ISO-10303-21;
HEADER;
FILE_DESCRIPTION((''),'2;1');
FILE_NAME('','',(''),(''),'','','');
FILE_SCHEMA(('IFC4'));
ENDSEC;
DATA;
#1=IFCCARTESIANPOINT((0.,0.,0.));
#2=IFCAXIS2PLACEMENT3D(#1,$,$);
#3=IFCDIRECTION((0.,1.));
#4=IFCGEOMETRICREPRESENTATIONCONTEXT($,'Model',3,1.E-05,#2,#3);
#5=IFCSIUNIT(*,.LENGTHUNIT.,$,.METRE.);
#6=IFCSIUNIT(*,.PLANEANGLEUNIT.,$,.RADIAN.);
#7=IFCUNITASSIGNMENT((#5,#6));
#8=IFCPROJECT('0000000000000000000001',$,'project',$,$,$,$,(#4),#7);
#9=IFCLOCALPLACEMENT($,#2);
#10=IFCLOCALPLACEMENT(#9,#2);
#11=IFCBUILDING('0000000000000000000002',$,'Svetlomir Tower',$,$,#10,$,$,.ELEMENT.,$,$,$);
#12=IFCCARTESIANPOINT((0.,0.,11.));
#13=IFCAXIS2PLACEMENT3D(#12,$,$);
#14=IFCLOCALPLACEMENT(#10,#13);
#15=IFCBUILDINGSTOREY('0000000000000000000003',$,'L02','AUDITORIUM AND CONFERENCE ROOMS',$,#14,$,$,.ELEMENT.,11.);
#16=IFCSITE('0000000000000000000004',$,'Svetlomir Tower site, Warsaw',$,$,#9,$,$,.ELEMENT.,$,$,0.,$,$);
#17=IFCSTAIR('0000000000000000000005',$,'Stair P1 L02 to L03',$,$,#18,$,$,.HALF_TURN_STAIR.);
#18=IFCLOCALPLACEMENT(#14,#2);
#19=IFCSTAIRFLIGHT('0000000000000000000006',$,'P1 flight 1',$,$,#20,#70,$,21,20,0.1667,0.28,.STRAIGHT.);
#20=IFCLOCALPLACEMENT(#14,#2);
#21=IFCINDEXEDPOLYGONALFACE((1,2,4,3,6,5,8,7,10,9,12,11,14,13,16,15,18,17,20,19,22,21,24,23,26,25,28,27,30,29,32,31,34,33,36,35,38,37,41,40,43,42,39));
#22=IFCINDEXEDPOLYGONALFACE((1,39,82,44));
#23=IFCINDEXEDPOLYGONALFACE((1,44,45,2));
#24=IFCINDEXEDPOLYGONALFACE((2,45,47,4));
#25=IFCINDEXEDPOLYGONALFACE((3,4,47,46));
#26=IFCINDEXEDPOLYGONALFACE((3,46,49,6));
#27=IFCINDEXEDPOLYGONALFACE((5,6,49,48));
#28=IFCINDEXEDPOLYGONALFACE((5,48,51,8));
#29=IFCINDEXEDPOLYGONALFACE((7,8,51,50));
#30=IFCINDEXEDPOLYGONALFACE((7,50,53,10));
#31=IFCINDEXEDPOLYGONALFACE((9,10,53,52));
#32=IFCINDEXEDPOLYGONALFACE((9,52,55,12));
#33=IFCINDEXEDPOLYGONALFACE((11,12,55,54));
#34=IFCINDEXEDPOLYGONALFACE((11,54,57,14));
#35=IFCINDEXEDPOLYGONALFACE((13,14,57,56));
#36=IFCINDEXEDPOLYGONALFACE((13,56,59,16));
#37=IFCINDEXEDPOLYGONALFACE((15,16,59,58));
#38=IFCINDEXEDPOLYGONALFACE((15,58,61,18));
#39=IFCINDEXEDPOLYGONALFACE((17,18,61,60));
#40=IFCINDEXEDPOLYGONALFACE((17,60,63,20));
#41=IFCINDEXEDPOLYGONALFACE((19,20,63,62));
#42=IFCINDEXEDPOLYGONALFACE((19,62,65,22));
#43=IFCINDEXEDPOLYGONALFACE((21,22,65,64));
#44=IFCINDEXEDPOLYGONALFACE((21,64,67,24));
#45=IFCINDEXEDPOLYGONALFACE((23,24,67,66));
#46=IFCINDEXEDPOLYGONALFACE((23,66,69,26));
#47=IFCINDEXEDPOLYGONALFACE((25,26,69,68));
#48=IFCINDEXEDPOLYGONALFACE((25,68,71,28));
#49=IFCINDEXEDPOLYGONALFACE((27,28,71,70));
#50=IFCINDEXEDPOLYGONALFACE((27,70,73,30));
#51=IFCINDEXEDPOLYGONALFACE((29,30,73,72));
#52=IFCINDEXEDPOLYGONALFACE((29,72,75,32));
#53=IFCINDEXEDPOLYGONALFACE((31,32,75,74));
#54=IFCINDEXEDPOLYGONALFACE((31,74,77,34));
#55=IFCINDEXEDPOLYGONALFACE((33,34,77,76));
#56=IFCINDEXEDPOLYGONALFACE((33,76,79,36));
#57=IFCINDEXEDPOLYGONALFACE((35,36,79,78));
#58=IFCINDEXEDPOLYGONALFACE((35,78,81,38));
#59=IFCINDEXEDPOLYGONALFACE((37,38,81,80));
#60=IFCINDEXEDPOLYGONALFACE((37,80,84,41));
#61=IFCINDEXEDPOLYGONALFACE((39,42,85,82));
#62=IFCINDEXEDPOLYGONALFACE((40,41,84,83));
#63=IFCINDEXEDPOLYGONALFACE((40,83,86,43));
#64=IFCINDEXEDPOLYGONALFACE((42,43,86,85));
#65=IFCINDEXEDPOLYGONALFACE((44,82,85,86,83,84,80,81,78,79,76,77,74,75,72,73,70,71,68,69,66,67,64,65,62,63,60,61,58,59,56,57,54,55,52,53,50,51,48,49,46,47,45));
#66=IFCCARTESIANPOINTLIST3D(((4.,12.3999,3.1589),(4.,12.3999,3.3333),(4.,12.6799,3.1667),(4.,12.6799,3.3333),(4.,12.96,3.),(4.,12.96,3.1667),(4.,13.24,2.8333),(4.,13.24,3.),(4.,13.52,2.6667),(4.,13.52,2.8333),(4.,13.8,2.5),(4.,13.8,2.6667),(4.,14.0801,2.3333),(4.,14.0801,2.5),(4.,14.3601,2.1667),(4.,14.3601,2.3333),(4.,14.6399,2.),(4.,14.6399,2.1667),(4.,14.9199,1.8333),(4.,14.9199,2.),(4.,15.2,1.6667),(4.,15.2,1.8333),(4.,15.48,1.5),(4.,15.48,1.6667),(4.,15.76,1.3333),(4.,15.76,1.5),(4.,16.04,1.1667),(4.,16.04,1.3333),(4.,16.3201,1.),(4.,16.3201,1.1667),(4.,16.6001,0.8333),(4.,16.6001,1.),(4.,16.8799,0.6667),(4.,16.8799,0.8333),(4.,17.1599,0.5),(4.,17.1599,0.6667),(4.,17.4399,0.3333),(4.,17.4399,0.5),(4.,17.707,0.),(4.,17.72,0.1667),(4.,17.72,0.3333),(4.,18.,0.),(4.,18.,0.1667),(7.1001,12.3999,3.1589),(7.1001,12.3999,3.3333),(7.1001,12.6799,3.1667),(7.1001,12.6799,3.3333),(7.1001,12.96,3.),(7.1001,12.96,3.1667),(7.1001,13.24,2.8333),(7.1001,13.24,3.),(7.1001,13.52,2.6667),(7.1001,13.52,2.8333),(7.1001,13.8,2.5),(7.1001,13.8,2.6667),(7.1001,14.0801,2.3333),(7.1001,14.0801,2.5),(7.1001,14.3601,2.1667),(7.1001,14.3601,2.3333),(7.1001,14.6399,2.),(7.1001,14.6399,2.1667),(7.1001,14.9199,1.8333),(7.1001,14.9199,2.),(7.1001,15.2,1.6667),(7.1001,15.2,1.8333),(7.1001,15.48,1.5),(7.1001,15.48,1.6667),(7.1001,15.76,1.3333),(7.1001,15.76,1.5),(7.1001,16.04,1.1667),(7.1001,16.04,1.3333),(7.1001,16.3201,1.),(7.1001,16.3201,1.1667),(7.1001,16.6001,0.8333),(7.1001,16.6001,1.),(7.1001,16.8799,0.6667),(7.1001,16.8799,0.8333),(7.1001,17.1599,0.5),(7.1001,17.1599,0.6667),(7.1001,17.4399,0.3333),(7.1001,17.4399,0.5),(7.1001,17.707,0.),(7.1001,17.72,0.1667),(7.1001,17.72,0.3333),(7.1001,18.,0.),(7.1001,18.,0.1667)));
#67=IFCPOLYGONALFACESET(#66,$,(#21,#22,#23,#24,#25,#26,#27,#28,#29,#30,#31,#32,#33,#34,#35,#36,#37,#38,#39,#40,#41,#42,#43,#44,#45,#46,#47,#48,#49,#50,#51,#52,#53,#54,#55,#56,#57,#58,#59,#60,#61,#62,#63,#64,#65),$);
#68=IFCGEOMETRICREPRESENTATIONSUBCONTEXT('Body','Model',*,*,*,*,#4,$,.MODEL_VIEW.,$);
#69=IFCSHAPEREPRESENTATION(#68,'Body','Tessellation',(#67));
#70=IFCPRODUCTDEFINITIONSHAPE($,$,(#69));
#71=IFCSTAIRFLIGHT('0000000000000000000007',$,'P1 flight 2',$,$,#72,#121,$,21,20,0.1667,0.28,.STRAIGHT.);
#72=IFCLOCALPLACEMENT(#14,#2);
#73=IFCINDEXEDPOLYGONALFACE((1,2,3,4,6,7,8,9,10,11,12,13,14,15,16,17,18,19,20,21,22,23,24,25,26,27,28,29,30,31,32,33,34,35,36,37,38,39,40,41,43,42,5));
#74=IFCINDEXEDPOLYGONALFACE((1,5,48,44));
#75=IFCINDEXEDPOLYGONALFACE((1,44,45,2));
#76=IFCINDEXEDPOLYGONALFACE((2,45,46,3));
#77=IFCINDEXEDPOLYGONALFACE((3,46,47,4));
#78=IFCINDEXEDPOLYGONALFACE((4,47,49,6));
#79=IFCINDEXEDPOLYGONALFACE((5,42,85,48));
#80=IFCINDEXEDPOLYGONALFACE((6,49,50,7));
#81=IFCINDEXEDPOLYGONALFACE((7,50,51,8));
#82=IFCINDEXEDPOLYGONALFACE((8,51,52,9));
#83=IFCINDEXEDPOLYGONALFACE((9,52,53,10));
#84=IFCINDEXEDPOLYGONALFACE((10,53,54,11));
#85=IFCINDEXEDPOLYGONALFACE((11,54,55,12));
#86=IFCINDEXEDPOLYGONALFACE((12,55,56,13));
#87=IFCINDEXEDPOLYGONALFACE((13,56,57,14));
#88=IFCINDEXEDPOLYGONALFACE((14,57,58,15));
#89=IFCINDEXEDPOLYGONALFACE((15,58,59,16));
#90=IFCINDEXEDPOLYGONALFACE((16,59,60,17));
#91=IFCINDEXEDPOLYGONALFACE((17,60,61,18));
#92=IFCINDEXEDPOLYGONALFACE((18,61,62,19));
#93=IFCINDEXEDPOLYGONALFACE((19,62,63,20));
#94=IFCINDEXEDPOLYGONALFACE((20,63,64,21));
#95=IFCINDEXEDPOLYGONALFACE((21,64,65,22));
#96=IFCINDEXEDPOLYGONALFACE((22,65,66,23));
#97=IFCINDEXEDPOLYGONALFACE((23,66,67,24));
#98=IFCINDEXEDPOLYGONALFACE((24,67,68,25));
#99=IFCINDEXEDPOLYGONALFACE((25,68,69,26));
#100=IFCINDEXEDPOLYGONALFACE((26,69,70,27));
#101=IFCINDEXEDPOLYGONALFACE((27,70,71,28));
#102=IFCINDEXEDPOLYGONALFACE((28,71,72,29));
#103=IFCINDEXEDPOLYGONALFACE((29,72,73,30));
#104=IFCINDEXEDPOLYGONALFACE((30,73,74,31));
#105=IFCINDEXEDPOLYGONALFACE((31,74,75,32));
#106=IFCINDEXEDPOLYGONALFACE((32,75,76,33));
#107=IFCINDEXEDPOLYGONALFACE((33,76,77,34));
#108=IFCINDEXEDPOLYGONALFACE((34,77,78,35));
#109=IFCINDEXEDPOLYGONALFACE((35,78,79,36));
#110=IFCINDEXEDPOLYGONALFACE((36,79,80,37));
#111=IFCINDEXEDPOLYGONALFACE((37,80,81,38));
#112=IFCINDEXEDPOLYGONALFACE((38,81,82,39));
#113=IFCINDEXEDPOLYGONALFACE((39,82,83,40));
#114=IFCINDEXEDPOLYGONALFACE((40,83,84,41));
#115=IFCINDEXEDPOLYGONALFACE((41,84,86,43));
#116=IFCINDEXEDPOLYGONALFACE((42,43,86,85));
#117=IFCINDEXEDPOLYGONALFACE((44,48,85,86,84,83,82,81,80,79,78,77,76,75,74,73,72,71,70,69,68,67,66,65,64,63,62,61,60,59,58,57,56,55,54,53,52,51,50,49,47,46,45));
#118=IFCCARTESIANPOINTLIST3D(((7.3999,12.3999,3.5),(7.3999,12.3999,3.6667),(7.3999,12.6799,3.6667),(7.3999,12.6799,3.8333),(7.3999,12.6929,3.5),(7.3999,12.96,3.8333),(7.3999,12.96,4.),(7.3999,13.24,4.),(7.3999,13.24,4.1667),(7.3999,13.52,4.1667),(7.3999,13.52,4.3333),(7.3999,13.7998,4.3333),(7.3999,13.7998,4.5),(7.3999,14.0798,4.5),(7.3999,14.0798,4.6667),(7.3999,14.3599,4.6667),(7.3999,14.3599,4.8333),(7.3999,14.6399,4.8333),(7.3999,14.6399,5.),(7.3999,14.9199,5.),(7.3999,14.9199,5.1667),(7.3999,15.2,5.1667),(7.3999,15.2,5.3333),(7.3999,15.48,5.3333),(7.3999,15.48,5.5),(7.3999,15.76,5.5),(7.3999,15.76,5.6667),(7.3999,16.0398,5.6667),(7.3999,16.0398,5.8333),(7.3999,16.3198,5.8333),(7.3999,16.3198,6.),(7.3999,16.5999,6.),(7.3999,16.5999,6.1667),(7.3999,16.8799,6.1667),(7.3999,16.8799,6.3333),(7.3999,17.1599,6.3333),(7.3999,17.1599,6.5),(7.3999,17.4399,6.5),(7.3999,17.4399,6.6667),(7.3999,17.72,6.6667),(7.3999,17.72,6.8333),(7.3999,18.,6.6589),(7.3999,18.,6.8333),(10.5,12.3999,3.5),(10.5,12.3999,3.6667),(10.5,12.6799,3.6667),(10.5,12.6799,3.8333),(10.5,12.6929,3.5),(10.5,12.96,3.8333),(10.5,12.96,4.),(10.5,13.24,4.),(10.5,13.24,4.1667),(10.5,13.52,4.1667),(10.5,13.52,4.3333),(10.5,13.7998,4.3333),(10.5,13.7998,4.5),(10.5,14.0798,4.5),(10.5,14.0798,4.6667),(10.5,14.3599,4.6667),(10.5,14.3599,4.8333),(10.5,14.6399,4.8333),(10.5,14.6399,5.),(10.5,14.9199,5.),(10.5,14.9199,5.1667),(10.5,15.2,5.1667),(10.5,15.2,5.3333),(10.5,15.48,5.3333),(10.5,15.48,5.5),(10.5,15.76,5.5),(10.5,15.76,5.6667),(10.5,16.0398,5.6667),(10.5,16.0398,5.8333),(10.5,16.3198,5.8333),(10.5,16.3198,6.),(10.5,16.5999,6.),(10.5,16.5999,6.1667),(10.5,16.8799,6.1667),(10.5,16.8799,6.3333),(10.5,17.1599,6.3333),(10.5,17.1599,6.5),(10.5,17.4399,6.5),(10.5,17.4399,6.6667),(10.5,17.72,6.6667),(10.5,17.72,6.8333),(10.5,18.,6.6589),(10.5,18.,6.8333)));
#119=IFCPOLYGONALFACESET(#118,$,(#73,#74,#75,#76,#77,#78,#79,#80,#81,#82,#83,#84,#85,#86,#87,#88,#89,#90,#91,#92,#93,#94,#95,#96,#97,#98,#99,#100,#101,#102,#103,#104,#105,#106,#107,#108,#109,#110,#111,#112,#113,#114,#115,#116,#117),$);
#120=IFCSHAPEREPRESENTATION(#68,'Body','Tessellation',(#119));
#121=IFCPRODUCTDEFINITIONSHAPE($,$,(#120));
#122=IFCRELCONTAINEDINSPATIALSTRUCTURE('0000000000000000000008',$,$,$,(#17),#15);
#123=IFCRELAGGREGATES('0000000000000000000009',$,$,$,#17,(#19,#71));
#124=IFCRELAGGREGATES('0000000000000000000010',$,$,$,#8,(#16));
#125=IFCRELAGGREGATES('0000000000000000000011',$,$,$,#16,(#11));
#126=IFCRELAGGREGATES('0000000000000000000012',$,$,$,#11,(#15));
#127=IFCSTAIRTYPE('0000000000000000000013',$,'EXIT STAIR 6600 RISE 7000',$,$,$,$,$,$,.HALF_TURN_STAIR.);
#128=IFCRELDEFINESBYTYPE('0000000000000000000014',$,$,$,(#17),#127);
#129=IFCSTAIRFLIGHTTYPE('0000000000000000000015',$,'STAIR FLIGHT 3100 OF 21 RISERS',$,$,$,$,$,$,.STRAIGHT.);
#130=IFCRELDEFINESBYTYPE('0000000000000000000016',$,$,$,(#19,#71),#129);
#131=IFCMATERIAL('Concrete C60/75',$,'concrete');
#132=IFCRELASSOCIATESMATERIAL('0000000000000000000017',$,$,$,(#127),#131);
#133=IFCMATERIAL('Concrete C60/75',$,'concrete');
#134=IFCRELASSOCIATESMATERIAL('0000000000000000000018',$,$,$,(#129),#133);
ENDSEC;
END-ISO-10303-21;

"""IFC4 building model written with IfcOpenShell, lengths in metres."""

from ifc_helpers import new_model, si_unit, direction, frame, origin, place, context, subcontext, project, spatial, polyline, outline, extrude, material, type_object, element, aggregate, save


model = new_model("IFC4")

# Units and contexts
model_context = context("Model", 3, precision=1e-05, world=origin(), true_north=direction((0.0, 1.0)))
body_context = subcontext(model_context, "Body", "Model", "MODEL_VIEW")
ifc_project = project(units=[si_unit("LENGTHUNIT", "METRE"), si_unit("PLANEANGLEUNIT", "RADIAN")], contexts=[model_context])

# Site, building, storey
site_placement = place(None, origin())
site = spatial("IfcSite", under=ifc_project, at=site_placement, Name="Svetlomir Tower site, Warsaw", CompositionType="ELEMENT", RefElevation=0.0)
building_placement = place(site_placement, origin())
building = spatial("IfcBuilding", under=site, at=building_placement, Name="Svetlomir Tower", CompositionType="ELEMENT")
storey_placement = place(building_placement, frame((0.0, 0.0, 11.0)))
storey = spatial("IfcBuildingStorey", under=building, at=storey_placement, Name="L02", Description="AUDITORIUM AND CONFERENCE ROOMS", CompositionType="ELEMENT", Elevation=11.0)

# Stair, stair flights
ifc_material_1 = material(Name="Concrete C60/75", Category="concrete")
stair_type_1 = type_object("IfcStairType", Name="EXIT STAIR 6600 RISE 7000", PredefinedType="HALF_TURN_STAIR", material=ifc_material_1)
stair_1_placement = place(storey_placement, origin())
stair_1 = element("IfcStair", 1, at=stair_1_placement, inside=storey, type_object=stair_type_1, Name="Stair P1 L02 to L03", PredefinedType="HALF_TURN_STAIR")
ifc_material_2 = material(Name="Concrete C60/75", Category="concrete")
stair_flight_type_1 = type_object("IfcStairFlightType", Name="STAIR FLIGHT 3100 OF 21 RISERS", PredefinedType="STRAIGHT", material=ifc_material_2)
stair_flight_1_placement = place(storey_placement, frame((5.55, 18.0, 0.0), z_axis=(0.0, 0.0, 1.0), x_axis=(0.0, -1.0, 0.0)))
stair_flight_1 = element("IfcStairFlight", 2, at=stair_flight_1_placement, type_object=stair_flight_type_1, Name="P1 flight 1", NumberOfRisers=21, NumberOfTreads=20, PredefinedType="STRAIGHT", RiserHeight=0.1667, TreadLength=0.28, context=body_context, shape_type="SweptSolid", body=[
    extrude(outline(polyline([(0.0, 0.0), (0.0, 0.1667), (0.28, 0.1667), (0.28, 0.3333), (0.5601, 0.3333), (0.5601, 0.5), (0.8401, 0.5), (0.8401, 0.6667), (1.1201, 0.6667), (1.1201, 0.8333), (1.3999, 0.8333), (1.3999, 1.0), (1.6799, 1.0), (1.6799, 1.1667), (1.96, 1.1667), (1.96, 1.3333), (2.24, 1.3333), (2.24, 1.5), (2.52, 1.5), (2.52, 1.6667), (2.8, 1.6667), (2.8, 1.8333), (3.0801, 1.8333), (3.0801, 2.0), (3.3601, 2.0), (3.3601, 2.1667), (3.6399, 2.1667), (3.6399, 2.3333), (3.9199, 2.3333), (3.9199, 2.5), (4.2, 2.5), (4.2, 2.6667), (4.48, 2.6667), (4.48, 2.8333), (4.76, 2.8333), (4.76, 3.0), (5.04, 3.0), (5.04, 3.1667), (5.3201, 3.1667), (5.3201, 3.3333), (5.6001, 3.3333), (5.6001, 3.5), (5.6001, 3.1589), (0.293, 0.0), (0.0, 0.0)])), frame((0.0, 1.55, 0.0), z_axis=(0.0, -1.0, 0.0), x_axis=(1.0, 0.0, 0.0)), (0.0, 0.0, 1.0), 3.1001),
])
stair_flight_2_placement = place(storey_placement, frame((8.95, 12.3999, 3.5), z_axis=(0.0, 0.0, 1.0), x_axis=(0.0, 1.0, 0.0)))
stair_flight_2 = element("IfcStairFlight", 3, at=stair_flight_2_placement, type_object=stair_flight_type_1, Name="P1 flight 2", NumberOfRisers=21, NumberOfTreads=20, PredefinedType="STRAIGHT", RiserHeight=0.1667, TreadLength=0.28, context=body_context, shape_type="SweptSolid", body=[
    extrude(outline(polyline([(0.0, 0.0), (0.0, 0.1667), (0.28, 0.1667), (0.28, 0.3333), (0.5601, 0.3333), (0.5601, 0.5), (0.8401, 0.5), (0.8401, 0.6667), (1.1201, 0.6667), (1.1201, 0.8333), (1.3999, 0.8333), (1.3999, 1.0), (1.6799, 1.0), (1.6799, 1.1667), (1.96, 1.1667), (1.96, 1.3333), (2.24, 1.3333), (2.24, 1.5), (2.52, 1.5), (2.52, 1.6667), (2.8, 1.6667), (2.8, 1.8333), (3.0801, 1.8333), (3.0801, 2.0), (3.3601, 2.0), (3.3601, 2.1667), (3.6399, 2.1667), (3.6399, 2.3333), (3.9199, 2.3333), (3.9199, 2.5), (4.2, 2.5), (4.2, 2.6667), (4.48, 2.6667), (4.48, 2.8333), (4.76, 2.8333), (4.76, 3.0), (5.04, 3.0), (5.04, 3.1667), (5.3201, 3.1667), (5.3201, 3.3333), (5.6001, 3.3333), (5.6001, 3.5), (5.6001, 3.1589), (0.293, 0.0), (0.0, 0.0)])), frame((0.0, 1.55, 0.0), z_axis=(0.0, -1.0, 0.0), x_axis=(1.0, 0.0, 0.0)), (0.0, 0.0, 1.0), 3.1001),
])
aggregate(stair_1, [stair_flight_1, stair_flight_2])

save(model, "model.ifc")
